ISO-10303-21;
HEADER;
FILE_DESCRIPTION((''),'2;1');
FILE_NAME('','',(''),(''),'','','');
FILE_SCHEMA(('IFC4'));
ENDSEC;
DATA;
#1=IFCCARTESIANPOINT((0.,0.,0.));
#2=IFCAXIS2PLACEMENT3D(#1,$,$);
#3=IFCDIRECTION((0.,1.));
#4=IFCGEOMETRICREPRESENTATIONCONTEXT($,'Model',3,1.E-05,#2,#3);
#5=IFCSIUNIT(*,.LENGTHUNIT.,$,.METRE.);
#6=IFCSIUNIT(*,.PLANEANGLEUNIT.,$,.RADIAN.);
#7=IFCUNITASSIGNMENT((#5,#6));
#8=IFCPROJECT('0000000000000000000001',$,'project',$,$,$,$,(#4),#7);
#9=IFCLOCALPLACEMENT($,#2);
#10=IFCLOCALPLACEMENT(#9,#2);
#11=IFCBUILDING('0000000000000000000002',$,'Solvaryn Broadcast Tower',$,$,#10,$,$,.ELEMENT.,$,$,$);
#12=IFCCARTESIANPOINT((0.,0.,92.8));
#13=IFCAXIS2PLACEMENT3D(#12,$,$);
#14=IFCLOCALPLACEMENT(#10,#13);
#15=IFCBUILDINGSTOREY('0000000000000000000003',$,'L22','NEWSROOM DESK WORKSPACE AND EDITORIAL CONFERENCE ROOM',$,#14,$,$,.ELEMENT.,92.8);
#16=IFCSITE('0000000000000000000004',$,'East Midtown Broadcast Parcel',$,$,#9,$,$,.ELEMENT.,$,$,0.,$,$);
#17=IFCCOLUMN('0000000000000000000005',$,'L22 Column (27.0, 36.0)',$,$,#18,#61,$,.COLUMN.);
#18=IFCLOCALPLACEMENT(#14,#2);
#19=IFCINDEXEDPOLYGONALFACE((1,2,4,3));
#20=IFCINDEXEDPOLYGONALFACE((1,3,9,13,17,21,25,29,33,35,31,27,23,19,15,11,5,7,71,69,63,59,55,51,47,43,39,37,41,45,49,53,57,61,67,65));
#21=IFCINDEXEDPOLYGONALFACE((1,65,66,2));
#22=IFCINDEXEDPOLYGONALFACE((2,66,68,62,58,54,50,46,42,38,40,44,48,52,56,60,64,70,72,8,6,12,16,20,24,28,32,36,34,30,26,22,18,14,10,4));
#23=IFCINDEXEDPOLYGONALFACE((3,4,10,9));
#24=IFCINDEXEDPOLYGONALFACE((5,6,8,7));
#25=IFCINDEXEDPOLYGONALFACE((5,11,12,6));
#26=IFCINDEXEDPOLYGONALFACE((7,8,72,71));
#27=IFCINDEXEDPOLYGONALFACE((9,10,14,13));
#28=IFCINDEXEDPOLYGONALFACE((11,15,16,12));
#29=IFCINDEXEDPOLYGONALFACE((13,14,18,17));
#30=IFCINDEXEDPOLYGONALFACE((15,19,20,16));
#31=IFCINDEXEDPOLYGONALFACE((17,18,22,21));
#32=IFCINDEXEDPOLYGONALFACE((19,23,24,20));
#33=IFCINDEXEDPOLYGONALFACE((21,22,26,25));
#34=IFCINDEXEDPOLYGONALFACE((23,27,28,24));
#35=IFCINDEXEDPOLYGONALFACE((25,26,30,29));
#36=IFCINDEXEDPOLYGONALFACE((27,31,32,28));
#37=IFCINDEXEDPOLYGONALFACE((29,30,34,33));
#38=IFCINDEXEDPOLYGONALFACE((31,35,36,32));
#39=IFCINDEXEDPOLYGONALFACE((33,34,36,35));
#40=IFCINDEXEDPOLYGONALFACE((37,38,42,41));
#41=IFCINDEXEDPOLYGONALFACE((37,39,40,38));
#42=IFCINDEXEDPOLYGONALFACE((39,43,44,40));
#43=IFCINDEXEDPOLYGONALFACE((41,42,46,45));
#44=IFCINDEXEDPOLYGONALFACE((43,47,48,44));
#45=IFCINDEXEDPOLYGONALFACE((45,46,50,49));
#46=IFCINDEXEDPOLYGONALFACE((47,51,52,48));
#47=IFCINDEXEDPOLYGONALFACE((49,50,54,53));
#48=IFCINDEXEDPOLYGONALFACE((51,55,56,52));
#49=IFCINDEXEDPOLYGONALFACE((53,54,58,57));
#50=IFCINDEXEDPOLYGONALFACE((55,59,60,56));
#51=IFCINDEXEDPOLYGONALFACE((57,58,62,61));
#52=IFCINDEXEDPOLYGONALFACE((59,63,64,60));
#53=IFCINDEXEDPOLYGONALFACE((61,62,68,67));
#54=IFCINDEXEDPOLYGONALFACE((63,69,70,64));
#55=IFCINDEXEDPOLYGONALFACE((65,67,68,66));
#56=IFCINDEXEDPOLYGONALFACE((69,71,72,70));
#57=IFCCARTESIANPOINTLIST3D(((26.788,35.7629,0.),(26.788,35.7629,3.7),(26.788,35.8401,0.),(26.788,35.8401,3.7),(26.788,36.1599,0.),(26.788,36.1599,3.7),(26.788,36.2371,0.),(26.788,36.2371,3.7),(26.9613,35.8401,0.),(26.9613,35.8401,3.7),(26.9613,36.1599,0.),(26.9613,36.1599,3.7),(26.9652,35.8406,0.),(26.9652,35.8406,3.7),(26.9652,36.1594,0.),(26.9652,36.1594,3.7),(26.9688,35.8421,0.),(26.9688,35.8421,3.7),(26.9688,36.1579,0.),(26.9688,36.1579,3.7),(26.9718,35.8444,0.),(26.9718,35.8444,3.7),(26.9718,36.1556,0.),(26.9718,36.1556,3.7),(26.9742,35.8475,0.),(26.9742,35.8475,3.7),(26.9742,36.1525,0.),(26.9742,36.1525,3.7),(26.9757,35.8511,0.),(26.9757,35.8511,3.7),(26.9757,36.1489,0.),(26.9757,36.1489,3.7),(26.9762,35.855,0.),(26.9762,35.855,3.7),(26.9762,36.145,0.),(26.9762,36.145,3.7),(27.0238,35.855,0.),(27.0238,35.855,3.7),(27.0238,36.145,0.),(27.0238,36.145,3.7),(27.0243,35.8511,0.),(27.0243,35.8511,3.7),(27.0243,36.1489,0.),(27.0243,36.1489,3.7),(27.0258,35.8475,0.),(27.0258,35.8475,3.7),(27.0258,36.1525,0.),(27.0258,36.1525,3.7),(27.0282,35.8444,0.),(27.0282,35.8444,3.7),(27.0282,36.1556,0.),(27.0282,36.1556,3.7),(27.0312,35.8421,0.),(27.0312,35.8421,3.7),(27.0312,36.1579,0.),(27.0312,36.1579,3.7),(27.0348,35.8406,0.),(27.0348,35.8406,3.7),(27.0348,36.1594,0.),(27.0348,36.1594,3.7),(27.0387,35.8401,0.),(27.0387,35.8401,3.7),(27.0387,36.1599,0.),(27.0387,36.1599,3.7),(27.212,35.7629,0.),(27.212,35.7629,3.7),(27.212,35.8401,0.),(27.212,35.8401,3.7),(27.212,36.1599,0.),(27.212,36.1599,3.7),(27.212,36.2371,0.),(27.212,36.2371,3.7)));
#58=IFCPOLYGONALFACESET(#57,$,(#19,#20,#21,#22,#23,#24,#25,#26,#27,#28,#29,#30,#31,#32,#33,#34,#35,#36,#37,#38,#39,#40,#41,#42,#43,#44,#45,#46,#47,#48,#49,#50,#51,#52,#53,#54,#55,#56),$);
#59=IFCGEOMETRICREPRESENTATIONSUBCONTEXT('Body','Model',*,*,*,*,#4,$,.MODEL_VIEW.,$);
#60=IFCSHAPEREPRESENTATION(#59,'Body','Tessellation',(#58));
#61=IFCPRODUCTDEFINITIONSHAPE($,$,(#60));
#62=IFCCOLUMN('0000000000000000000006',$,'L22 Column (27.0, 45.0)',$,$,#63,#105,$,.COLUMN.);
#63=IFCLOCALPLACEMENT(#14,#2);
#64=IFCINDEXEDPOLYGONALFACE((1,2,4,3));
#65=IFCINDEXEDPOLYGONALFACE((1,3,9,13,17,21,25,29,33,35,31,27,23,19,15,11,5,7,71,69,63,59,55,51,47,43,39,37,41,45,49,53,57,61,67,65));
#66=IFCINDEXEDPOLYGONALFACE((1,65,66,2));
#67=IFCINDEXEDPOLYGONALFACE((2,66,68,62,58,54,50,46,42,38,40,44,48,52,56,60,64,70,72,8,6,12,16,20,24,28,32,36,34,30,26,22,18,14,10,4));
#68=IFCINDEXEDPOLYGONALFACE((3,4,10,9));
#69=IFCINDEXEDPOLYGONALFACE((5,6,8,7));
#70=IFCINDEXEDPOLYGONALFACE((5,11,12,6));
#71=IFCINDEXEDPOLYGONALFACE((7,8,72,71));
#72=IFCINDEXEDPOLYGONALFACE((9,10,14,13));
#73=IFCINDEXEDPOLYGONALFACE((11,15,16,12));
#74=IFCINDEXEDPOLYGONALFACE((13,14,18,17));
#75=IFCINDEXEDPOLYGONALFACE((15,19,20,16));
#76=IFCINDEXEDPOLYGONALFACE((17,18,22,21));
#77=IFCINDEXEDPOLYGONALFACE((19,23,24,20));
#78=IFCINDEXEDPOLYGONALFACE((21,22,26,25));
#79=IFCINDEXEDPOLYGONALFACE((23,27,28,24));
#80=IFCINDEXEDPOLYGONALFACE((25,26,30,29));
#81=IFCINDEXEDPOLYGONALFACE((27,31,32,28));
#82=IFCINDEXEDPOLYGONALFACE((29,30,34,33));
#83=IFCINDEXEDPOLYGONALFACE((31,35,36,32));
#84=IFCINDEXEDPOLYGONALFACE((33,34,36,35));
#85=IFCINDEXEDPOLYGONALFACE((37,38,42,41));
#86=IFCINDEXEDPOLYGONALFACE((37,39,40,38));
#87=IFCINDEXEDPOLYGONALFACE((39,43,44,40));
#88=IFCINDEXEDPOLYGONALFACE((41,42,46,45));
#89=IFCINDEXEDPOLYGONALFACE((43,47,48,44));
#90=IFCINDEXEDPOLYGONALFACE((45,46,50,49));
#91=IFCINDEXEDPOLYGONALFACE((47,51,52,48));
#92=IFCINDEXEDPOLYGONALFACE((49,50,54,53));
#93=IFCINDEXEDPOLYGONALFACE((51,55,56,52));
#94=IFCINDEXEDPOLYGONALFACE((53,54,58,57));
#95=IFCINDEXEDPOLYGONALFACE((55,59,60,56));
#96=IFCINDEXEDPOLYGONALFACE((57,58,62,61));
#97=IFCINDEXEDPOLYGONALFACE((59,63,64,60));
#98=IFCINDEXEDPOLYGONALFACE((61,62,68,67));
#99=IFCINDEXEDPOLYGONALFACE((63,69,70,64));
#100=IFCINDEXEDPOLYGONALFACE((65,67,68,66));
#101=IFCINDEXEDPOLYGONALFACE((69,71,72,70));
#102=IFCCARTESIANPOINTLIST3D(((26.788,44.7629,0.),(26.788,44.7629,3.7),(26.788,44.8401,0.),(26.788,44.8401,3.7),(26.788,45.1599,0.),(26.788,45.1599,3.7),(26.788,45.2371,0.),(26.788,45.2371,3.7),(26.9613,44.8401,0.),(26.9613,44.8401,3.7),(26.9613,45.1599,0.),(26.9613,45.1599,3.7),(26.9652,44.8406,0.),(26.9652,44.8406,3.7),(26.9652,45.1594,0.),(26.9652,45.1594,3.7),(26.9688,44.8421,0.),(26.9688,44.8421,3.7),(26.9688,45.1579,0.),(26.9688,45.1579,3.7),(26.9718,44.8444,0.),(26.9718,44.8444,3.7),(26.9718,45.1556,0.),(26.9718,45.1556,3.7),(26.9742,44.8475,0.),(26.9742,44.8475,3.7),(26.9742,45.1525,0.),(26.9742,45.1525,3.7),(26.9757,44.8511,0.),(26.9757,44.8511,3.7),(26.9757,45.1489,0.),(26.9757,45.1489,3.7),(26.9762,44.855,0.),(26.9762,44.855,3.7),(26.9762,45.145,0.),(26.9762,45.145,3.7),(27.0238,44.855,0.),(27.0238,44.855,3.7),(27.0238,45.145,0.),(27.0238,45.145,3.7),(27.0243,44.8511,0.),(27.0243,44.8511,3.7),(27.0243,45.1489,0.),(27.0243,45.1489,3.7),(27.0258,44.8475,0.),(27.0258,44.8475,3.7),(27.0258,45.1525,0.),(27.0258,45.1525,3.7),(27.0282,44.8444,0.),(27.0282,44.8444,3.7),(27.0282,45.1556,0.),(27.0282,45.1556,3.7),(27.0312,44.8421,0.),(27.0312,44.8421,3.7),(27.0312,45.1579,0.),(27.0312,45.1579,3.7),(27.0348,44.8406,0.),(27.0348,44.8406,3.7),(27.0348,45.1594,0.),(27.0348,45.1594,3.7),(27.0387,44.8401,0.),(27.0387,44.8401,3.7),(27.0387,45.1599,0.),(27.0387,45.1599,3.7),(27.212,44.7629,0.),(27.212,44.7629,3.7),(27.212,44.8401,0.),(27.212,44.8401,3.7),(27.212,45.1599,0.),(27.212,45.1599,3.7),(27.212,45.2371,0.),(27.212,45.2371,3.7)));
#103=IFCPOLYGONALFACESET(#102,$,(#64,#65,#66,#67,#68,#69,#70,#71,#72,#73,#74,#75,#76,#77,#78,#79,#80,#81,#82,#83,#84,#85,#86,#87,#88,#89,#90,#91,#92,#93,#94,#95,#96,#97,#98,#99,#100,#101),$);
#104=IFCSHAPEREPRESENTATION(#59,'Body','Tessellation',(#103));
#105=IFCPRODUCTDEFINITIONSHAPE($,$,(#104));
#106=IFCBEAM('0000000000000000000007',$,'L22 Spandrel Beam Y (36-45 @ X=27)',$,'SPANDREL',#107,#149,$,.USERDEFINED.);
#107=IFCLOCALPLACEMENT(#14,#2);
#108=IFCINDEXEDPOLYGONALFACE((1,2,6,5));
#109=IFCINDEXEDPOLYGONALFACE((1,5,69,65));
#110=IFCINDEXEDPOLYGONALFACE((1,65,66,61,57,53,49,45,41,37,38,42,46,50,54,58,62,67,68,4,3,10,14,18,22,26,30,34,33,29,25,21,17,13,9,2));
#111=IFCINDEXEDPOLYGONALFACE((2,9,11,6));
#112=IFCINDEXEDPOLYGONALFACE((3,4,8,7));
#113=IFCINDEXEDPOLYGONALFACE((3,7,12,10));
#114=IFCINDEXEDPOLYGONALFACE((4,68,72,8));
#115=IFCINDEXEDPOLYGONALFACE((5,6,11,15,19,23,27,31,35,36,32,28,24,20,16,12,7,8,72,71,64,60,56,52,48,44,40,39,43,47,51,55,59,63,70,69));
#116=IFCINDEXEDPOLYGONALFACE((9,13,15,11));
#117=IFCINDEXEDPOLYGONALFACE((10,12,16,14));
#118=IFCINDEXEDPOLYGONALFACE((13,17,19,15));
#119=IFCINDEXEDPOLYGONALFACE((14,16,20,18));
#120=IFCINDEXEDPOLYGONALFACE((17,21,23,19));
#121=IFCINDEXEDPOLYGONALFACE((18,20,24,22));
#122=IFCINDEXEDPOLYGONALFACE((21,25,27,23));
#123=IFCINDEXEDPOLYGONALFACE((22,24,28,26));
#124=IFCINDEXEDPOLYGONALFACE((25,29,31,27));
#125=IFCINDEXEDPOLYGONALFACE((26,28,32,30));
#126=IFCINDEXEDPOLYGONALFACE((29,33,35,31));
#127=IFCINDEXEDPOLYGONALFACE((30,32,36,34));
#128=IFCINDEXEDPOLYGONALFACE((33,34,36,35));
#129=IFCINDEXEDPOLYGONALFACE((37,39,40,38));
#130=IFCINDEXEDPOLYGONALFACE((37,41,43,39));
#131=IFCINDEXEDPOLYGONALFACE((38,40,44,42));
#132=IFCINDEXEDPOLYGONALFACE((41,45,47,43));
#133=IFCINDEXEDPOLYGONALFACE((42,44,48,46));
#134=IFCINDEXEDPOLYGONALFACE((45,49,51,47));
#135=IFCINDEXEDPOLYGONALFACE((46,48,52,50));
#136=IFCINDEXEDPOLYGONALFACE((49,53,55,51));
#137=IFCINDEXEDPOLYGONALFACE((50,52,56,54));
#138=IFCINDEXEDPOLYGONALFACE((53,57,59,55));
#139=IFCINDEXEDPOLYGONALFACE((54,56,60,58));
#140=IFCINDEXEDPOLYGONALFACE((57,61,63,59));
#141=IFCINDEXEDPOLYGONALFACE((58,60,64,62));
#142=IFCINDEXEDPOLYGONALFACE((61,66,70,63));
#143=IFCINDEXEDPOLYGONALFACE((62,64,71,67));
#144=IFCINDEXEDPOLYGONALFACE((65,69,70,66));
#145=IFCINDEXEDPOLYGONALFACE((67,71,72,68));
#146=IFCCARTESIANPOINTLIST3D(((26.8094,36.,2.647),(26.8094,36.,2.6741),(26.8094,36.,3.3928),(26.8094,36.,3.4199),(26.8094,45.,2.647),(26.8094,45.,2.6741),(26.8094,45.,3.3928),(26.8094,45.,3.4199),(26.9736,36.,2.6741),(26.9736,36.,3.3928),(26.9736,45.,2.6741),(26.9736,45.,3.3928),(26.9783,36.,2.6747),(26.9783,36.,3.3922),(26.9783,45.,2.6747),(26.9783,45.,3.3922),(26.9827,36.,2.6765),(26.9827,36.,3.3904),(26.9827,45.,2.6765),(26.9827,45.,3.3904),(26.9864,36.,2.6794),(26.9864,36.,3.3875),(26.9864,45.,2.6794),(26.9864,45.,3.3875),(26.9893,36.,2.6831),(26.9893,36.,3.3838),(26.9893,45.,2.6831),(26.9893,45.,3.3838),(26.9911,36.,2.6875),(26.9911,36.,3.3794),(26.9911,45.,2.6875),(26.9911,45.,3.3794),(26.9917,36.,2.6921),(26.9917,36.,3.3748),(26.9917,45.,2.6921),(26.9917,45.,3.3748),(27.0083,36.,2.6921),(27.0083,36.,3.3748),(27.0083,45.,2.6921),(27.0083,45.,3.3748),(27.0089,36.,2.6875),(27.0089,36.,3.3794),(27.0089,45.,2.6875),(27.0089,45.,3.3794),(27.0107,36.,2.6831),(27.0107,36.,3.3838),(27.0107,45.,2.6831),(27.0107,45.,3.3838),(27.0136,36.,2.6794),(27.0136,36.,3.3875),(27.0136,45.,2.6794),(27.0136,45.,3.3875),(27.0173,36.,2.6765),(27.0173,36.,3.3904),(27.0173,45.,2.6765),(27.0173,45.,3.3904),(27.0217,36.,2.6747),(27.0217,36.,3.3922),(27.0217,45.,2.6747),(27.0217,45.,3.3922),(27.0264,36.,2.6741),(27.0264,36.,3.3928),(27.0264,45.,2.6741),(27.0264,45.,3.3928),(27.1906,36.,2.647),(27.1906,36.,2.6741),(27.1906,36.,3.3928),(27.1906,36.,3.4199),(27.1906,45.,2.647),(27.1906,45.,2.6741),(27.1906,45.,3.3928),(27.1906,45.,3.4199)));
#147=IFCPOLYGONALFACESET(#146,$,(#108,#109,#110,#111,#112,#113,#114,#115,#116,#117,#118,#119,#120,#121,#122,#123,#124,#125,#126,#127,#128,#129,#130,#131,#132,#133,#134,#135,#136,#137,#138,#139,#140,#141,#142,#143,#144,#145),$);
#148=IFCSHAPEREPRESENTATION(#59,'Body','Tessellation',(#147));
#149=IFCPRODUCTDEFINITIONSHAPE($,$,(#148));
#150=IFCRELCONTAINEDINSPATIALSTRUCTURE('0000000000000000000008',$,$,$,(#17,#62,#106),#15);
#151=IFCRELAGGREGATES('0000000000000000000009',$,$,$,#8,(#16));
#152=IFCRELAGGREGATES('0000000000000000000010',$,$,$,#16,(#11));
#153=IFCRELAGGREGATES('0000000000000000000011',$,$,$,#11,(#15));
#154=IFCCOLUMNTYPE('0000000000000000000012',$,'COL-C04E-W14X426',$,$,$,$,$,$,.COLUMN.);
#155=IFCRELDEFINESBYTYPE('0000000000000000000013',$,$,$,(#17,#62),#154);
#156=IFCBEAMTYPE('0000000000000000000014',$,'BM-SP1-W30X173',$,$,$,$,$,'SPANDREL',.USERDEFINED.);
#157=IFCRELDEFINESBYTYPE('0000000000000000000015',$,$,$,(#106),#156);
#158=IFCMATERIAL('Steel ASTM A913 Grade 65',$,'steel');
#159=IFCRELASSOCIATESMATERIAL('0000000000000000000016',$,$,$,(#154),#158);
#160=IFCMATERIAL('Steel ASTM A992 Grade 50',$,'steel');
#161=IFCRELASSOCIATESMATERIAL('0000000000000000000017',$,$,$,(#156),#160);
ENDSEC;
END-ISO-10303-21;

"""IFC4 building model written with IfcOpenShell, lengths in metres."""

from ifc_helpers import new_model, si_unit, direction, frame, origin, origin_2d, place, context, subcontext, project, spatial, i_section, extrude, material, material_profile, profile_set, type_object, element, save


model = new_model("IFC4")

# Units and contexts
model_context = context("Model", 3, precision=1e-05, world=origin(), true_north=direction((0.0, 1.0)))
body_context = subcontext(model_context, "Body", "Model", "MODEL_VIEW")
ifc_project = project(units=[si_unit("LENGTHUNIT", "METRE"), si_unit("PLANEANGLEUNIT", "RADIAN")], contexts=[model_context])

# Site, building, storey
site_placement = place(None, origin())
site = spatial("IfcSite", under=ifc_project, at=site_placement, Name="East Midtown Broadcast Parcel", CompositionType="ELEMENT", RefElevation=0.0)
building_placement = place(site_placement, origin())
building = spatial("IfcBuilding", under=site, at=building_placement, Name="Solvaryn Broadcast Tower", CompositionType="ELEMENT")
storey_placement = place(building_placement, frame((0.0, 0.0, 92.8)))
storey = spatial("IfcBuildingStorey", under=building, at=storey_placement, Name="L22", Description="NEWSROOM DESK WORKSPACE AND EDITORIAL CONFERENCE ROOM", CompositionType="ELEMENT", Elevation=92.8)

# Columns
ifc_material_1 = material(Name="Steel ASTM A913 Grade 65", Category="steel")
ifc_material_profile_1 = material_profile(ifc_material_1, i_section(OverallWidth=0.4241, OverallDepth=0.4741, WebThickness=0.0476, FlangeThickness=0.0771, FilletRadius=0.0149, at=origin_2d()))
ifc_profile_set_1 = profile_set([ifc_material_profile_1], Name="Steel ASTM A913 Grade 65")
column_type = type_object("IfcColumnType", Name="COL-C04E-W14X426", PredefinedType="COLUMN", material=ifc_profile_set_1)
for number, where, z_axis, x_axis, name in (
    (1, (27.0, 36.0, 0.0), (0.0, 0.0, 1.0), (1.0, 0.0, 0.0), "L22 Column (27.0, 36.0)"),
    (2, (27.0, 45.0, 0.0), (0.0, 0.0, 1.0), (1.0, 0.0, 0.0), "L22 Column (27.0, 45.0)"),
):
    element("IfcColumn", number, at=place(storey_placement, frame(where, z_axis=z_axis, x_axis=x_axis)), inside=storey, type_object=column_type, Name=name, PredefinedType="COLUMN", context=body_context, shape_type="SweptSolid", body=[
        extrude(i_section(OverallWidth=0.4241, OverallDepth=0.4741, WebThickness=0.0476, FlangeThickness=0.0771, FilletRadius=0.0149, at=origin_2d()), origin(), (0.0, 0.0, 1.0), 3.7),
    ])

# Beam
ifc_material_2 = material(Name="Steel ASTM A992 Grade 50", Category="steel")
ifc_material_profile_2 = material_profile(ifc_material_2, i_section(OverallWidth=0.3811, OverallDepth=0.7729, WebThickness=0.0166, FlangeThickness=0.0271, FilletRadius=0.0181, at=origin_2d()))
ifc_profile_set_2 = profile_set([ifc_material_profile_2], Name="Steel ASTM A992 Grade 50")
beam_type = type_object("IfcBeamType", Name="BM-SP1-W30X173", ElementType="SPANDREL", PredefinedType="USERDEFINED", material=ifc_profile_set_2)
beam_placement = place(storey_placement, frame((27.0, 36.0, 3.0334), z_axis=(0.0, 1.0, 0.0), x_axis=(-1.0, 0.0, 0.0)))
element("IfcBeam", 3, at=beam_placement, inside=storey, type_object=beam_type, Name="L22 Spandrel Beam Y (36-45 @ X=27)", ObjectType="SPANDREL", PredefinedType="USERDEFINED", context=body_context, shape_type="SweptSolid", body=[
    extrude(i_section(OverallWidth=0.3811, OverallDepth=0.7729, WebThickness=0.0166, FlangeThickness=0.0271, FilletRadius=0.0181, at=origin_2d()), origin(), (0.0, 0.0, 1.0), 9.0),
])

save(model, "model.ifc")
